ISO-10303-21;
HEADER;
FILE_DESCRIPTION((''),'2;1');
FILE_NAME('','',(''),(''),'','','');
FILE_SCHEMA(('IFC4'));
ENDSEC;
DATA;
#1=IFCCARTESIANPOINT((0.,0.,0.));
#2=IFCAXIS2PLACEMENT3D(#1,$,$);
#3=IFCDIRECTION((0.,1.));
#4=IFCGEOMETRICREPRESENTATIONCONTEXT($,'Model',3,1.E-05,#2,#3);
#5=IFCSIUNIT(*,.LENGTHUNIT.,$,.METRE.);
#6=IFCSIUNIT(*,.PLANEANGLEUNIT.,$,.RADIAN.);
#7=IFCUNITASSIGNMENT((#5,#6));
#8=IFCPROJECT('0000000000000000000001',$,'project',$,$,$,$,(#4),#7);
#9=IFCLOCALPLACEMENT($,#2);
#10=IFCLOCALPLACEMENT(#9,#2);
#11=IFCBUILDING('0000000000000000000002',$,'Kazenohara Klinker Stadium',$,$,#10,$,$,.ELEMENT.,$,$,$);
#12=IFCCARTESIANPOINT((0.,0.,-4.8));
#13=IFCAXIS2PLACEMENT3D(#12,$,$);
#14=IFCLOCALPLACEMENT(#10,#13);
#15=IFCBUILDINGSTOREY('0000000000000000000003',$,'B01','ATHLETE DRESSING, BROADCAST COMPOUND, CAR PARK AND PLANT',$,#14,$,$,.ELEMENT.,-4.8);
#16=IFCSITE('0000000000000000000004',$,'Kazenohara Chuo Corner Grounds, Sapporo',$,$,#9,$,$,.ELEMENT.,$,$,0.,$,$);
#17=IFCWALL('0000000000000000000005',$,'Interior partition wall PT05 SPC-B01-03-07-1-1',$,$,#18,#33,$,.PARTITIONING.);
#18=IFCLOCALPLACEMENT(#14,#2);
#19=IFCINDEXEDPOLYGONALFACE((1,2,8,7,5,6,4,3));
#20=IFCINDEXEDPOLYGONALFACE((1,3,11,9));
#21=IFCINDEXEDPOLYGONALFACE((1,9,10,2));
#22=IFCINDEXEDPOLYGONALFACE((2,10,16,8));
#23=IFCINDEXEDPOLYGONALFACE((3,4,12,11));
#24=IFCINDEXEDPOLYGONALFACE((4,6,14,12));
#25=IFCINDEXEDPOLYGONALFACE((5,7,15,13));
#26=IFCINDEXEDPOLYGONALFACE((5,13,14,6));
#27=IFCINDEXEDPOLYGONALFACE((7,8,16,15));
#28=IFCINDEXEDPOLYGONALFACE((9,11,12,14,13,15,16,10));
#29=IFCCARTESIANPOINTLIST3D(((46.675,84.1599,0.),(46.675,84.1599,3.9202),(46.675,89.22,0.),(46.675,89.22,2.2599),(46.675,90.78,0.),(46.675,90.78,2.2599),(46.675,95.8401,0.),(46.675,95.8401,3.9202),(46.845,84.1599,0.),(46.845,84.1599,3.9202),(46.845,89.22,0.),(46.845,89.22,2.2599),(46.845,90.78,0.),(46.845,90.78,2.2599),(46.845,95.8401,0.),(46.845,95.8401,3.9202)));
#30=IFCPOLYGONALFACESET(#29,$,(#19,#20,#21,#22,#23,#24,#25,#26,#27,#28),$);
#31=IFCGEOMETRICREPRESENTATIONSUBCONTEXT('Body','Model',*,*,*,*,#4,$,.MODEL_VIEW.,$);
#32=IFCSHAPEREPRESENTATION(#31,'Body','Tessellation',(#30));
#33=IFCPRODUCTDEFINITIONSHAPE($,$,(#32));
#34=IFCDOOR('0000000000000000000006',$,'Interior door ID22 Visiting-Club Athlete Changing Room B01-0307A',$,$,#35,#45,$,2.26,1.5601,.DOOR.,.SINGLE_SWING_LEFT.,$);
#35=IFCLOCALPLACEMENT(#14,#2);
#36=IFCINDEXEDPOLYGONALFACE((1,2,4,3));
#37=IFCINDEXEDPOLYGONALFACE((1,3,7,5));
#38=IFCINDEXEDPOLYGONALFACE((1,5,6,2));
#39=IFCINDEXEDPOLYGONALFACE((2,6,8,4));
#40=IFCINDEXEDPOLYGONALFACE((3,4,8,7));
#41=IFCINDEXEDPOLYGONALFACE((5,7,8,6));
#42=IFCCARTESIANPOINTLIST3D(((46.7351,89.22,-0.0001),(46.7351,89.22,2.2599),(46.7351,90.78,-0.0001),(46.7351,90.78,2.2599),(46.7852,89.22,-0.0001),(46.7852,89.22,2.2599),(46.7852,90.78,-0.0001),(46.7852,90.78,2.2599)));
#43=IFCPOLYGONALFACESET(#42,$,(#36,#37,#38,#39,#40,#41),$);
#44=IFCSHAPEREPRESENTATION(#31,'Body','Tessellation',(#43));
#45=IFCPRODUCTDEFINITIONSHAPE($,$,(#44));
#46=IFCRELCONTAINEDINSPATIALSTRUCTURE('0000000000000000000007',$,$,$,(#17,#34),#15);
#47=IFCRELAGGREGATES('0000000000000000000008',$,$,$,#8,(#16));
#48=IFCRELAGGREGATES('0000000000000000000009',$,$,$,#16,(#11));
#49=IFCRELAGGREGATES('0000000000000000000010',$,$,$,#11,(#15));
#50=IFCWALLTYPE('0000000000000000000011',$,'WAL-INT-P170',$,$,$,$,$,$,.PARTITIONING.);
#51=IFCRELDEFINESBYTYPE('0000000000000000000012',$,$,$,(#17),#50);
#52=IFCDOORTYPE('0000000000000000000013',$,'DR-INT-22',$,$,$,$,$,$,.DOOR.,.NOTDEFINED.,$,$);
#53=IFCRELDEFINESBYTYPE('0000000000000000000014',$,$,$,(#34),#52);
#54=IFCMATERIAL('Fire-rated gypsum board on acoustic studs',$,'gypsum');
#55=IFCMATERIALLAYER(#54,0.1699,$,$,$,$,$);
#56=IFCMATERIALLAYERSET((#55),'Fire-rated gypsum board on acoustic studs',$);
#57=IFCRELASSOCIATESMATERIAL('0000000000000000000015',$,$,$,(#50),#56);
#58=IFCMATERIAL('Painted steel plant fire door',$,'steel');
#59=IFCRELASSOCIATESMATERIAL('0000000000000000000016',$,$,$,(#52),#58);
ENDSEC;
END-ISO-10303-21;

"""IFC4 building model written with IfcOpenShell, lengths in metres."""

from ifc_helpers import new_model, si_unit, direction, frame, frame_2d, origin, place, context, subcontext, project, spatial, rectangle, extrude, material, layer, layer_set, type_object, element, fill, save


model = new_model("IFC4")

# Units and contexts
model_context = context("Model", 3, precision=1e-05, world=origin(), true_north=direction((0.0, 1.0)))
body_context = subcontext(model_context, "Body", "Model", "MODEL_VIEW")
ifc_project = project(units=[si_unit("LENGTHUNIT", "METRE"), si_unit("PLANEANGLEUNIT", "RADIAN")], contexts=[model_context])

# Site, building, storey
site_placement = place(None, origin())
site = spatial("IfcSite", under=ifc_project, at=site_placement, Name="Kazenohara Chuo Corner Grounds, Sapporo", CompositionType="ELEMENT", RefElevation=0.0)
building_placement = place(site_placement, origin())
building = spatial("IfcBuilding", under=site, at=building_placement, Name="Kazenohara Klinker Stadium", CompositionType="ELEMENT")
storey_placement = place(building_placement, frame((0.0, 0.0, -4.8)))
storey = spatial("IfcBuildingStorey", under=building, at=storey_placement, Name="B01", Description="ATHLETE DRESSING, BROADCAST COMPOUND, CAR PARK AND PLANT", CompositionType="ELEMENT", Elevation=-4.8)

# Shared definitions
ifc_material_1 = material(Name="Fire-rated gypsum board on acoustic studs", Category="gypsum")
ifc_material_2 = material(Name="Painted steel plant fire door", Category="steel")

# Wall, opening, door
ifc_layer_1 = layer(ifc_material_1, 0.1699)
ifc_layer_set_1 = layer_set([ifc_layer_1], Name="Fire-rated gypsum board on acoustic studs")
wall_type_1 = type_object("IfcWallType", Name="WAL-INT-P170", PredefinedType="PARTITIONING", material=ifc_layer_set_1)
wall_1_placement = place(storey_placement, frame((46.76, 84.1599, 0.0), z_axis=(0.0, 0.0, 1.0), x_axis=(0.0, 1.0, 0.0)))
wall_1 = element("IfcWall", 1, at=wall_1_placement, inside=storey, type_object=wall_type_1, Name="Interior partition wall PT05 SPC-B01-03-07-1-1", PredefinedType="PARTITIONING", context=body_context, shape_type="SweptSolid", body=[
    extrude(rectangle(XDim=11.6802, YDim=0.1699, at=frame_2d((5.8401, 0.0))), origin(), (0.0, 0.0, 1.0), 3.9202),
])
opening_1_placement = place(wall_1_placement, frame((5.0601, 0.0, 0.0)))
opening_1 = element("IfcOpeningElement", 2, at=opening_1_placement, cuts=wall_1, PredefinedType="OPENING", context=body_context, shape_type="SweptSolid", body=[
    extrude(rectangle(XDim=1.5601, YDim=2.26, at=frame_2d((0.78, 1.1299))), frame((0.0, 0.095, 0.0), z_axis=(0.0, -1.0, 0.0), x_axis=(1.0, 0.0, 0.0)), (0.0, 0.0, 1.0), 0.1899),
])
door_type_1 = type_object("IfcDoorType", Name="DR-INT-22", OperationType="NOTDEFINED", PredefinedType="DOOR", material=ifc_material_2)
door_1_placement = place(opening_1_placement, origin())
door_1 = element("IfcDoor", 3, at=door_1_placement, inside=storey, type_object=door_type_1, Name="Interior door ID22 Visiting-Club Athlete Changing Room B01-0307A", OperationType="SINGLE_SWING_LEFT", OverallHeight=2.26, OverallWidth=1.5601, PredefinedType="DOOR", context=body_context, shape_type="SweptSolid", body=[
    extrude(rectangle(XDim=1.5601, YDim=2.26, at=frame_2d((0.78, 1.1299))), frame((0.0, 0.0249, 0.0), z_axis=(0.0, -1.0, 0.0), x_axis=(1.0, 0.0, 0.0)), (0.0, 0.0, 1.0), 0.05),
])
fill(opening_1, door_1)

save(model, "model.ifc")
